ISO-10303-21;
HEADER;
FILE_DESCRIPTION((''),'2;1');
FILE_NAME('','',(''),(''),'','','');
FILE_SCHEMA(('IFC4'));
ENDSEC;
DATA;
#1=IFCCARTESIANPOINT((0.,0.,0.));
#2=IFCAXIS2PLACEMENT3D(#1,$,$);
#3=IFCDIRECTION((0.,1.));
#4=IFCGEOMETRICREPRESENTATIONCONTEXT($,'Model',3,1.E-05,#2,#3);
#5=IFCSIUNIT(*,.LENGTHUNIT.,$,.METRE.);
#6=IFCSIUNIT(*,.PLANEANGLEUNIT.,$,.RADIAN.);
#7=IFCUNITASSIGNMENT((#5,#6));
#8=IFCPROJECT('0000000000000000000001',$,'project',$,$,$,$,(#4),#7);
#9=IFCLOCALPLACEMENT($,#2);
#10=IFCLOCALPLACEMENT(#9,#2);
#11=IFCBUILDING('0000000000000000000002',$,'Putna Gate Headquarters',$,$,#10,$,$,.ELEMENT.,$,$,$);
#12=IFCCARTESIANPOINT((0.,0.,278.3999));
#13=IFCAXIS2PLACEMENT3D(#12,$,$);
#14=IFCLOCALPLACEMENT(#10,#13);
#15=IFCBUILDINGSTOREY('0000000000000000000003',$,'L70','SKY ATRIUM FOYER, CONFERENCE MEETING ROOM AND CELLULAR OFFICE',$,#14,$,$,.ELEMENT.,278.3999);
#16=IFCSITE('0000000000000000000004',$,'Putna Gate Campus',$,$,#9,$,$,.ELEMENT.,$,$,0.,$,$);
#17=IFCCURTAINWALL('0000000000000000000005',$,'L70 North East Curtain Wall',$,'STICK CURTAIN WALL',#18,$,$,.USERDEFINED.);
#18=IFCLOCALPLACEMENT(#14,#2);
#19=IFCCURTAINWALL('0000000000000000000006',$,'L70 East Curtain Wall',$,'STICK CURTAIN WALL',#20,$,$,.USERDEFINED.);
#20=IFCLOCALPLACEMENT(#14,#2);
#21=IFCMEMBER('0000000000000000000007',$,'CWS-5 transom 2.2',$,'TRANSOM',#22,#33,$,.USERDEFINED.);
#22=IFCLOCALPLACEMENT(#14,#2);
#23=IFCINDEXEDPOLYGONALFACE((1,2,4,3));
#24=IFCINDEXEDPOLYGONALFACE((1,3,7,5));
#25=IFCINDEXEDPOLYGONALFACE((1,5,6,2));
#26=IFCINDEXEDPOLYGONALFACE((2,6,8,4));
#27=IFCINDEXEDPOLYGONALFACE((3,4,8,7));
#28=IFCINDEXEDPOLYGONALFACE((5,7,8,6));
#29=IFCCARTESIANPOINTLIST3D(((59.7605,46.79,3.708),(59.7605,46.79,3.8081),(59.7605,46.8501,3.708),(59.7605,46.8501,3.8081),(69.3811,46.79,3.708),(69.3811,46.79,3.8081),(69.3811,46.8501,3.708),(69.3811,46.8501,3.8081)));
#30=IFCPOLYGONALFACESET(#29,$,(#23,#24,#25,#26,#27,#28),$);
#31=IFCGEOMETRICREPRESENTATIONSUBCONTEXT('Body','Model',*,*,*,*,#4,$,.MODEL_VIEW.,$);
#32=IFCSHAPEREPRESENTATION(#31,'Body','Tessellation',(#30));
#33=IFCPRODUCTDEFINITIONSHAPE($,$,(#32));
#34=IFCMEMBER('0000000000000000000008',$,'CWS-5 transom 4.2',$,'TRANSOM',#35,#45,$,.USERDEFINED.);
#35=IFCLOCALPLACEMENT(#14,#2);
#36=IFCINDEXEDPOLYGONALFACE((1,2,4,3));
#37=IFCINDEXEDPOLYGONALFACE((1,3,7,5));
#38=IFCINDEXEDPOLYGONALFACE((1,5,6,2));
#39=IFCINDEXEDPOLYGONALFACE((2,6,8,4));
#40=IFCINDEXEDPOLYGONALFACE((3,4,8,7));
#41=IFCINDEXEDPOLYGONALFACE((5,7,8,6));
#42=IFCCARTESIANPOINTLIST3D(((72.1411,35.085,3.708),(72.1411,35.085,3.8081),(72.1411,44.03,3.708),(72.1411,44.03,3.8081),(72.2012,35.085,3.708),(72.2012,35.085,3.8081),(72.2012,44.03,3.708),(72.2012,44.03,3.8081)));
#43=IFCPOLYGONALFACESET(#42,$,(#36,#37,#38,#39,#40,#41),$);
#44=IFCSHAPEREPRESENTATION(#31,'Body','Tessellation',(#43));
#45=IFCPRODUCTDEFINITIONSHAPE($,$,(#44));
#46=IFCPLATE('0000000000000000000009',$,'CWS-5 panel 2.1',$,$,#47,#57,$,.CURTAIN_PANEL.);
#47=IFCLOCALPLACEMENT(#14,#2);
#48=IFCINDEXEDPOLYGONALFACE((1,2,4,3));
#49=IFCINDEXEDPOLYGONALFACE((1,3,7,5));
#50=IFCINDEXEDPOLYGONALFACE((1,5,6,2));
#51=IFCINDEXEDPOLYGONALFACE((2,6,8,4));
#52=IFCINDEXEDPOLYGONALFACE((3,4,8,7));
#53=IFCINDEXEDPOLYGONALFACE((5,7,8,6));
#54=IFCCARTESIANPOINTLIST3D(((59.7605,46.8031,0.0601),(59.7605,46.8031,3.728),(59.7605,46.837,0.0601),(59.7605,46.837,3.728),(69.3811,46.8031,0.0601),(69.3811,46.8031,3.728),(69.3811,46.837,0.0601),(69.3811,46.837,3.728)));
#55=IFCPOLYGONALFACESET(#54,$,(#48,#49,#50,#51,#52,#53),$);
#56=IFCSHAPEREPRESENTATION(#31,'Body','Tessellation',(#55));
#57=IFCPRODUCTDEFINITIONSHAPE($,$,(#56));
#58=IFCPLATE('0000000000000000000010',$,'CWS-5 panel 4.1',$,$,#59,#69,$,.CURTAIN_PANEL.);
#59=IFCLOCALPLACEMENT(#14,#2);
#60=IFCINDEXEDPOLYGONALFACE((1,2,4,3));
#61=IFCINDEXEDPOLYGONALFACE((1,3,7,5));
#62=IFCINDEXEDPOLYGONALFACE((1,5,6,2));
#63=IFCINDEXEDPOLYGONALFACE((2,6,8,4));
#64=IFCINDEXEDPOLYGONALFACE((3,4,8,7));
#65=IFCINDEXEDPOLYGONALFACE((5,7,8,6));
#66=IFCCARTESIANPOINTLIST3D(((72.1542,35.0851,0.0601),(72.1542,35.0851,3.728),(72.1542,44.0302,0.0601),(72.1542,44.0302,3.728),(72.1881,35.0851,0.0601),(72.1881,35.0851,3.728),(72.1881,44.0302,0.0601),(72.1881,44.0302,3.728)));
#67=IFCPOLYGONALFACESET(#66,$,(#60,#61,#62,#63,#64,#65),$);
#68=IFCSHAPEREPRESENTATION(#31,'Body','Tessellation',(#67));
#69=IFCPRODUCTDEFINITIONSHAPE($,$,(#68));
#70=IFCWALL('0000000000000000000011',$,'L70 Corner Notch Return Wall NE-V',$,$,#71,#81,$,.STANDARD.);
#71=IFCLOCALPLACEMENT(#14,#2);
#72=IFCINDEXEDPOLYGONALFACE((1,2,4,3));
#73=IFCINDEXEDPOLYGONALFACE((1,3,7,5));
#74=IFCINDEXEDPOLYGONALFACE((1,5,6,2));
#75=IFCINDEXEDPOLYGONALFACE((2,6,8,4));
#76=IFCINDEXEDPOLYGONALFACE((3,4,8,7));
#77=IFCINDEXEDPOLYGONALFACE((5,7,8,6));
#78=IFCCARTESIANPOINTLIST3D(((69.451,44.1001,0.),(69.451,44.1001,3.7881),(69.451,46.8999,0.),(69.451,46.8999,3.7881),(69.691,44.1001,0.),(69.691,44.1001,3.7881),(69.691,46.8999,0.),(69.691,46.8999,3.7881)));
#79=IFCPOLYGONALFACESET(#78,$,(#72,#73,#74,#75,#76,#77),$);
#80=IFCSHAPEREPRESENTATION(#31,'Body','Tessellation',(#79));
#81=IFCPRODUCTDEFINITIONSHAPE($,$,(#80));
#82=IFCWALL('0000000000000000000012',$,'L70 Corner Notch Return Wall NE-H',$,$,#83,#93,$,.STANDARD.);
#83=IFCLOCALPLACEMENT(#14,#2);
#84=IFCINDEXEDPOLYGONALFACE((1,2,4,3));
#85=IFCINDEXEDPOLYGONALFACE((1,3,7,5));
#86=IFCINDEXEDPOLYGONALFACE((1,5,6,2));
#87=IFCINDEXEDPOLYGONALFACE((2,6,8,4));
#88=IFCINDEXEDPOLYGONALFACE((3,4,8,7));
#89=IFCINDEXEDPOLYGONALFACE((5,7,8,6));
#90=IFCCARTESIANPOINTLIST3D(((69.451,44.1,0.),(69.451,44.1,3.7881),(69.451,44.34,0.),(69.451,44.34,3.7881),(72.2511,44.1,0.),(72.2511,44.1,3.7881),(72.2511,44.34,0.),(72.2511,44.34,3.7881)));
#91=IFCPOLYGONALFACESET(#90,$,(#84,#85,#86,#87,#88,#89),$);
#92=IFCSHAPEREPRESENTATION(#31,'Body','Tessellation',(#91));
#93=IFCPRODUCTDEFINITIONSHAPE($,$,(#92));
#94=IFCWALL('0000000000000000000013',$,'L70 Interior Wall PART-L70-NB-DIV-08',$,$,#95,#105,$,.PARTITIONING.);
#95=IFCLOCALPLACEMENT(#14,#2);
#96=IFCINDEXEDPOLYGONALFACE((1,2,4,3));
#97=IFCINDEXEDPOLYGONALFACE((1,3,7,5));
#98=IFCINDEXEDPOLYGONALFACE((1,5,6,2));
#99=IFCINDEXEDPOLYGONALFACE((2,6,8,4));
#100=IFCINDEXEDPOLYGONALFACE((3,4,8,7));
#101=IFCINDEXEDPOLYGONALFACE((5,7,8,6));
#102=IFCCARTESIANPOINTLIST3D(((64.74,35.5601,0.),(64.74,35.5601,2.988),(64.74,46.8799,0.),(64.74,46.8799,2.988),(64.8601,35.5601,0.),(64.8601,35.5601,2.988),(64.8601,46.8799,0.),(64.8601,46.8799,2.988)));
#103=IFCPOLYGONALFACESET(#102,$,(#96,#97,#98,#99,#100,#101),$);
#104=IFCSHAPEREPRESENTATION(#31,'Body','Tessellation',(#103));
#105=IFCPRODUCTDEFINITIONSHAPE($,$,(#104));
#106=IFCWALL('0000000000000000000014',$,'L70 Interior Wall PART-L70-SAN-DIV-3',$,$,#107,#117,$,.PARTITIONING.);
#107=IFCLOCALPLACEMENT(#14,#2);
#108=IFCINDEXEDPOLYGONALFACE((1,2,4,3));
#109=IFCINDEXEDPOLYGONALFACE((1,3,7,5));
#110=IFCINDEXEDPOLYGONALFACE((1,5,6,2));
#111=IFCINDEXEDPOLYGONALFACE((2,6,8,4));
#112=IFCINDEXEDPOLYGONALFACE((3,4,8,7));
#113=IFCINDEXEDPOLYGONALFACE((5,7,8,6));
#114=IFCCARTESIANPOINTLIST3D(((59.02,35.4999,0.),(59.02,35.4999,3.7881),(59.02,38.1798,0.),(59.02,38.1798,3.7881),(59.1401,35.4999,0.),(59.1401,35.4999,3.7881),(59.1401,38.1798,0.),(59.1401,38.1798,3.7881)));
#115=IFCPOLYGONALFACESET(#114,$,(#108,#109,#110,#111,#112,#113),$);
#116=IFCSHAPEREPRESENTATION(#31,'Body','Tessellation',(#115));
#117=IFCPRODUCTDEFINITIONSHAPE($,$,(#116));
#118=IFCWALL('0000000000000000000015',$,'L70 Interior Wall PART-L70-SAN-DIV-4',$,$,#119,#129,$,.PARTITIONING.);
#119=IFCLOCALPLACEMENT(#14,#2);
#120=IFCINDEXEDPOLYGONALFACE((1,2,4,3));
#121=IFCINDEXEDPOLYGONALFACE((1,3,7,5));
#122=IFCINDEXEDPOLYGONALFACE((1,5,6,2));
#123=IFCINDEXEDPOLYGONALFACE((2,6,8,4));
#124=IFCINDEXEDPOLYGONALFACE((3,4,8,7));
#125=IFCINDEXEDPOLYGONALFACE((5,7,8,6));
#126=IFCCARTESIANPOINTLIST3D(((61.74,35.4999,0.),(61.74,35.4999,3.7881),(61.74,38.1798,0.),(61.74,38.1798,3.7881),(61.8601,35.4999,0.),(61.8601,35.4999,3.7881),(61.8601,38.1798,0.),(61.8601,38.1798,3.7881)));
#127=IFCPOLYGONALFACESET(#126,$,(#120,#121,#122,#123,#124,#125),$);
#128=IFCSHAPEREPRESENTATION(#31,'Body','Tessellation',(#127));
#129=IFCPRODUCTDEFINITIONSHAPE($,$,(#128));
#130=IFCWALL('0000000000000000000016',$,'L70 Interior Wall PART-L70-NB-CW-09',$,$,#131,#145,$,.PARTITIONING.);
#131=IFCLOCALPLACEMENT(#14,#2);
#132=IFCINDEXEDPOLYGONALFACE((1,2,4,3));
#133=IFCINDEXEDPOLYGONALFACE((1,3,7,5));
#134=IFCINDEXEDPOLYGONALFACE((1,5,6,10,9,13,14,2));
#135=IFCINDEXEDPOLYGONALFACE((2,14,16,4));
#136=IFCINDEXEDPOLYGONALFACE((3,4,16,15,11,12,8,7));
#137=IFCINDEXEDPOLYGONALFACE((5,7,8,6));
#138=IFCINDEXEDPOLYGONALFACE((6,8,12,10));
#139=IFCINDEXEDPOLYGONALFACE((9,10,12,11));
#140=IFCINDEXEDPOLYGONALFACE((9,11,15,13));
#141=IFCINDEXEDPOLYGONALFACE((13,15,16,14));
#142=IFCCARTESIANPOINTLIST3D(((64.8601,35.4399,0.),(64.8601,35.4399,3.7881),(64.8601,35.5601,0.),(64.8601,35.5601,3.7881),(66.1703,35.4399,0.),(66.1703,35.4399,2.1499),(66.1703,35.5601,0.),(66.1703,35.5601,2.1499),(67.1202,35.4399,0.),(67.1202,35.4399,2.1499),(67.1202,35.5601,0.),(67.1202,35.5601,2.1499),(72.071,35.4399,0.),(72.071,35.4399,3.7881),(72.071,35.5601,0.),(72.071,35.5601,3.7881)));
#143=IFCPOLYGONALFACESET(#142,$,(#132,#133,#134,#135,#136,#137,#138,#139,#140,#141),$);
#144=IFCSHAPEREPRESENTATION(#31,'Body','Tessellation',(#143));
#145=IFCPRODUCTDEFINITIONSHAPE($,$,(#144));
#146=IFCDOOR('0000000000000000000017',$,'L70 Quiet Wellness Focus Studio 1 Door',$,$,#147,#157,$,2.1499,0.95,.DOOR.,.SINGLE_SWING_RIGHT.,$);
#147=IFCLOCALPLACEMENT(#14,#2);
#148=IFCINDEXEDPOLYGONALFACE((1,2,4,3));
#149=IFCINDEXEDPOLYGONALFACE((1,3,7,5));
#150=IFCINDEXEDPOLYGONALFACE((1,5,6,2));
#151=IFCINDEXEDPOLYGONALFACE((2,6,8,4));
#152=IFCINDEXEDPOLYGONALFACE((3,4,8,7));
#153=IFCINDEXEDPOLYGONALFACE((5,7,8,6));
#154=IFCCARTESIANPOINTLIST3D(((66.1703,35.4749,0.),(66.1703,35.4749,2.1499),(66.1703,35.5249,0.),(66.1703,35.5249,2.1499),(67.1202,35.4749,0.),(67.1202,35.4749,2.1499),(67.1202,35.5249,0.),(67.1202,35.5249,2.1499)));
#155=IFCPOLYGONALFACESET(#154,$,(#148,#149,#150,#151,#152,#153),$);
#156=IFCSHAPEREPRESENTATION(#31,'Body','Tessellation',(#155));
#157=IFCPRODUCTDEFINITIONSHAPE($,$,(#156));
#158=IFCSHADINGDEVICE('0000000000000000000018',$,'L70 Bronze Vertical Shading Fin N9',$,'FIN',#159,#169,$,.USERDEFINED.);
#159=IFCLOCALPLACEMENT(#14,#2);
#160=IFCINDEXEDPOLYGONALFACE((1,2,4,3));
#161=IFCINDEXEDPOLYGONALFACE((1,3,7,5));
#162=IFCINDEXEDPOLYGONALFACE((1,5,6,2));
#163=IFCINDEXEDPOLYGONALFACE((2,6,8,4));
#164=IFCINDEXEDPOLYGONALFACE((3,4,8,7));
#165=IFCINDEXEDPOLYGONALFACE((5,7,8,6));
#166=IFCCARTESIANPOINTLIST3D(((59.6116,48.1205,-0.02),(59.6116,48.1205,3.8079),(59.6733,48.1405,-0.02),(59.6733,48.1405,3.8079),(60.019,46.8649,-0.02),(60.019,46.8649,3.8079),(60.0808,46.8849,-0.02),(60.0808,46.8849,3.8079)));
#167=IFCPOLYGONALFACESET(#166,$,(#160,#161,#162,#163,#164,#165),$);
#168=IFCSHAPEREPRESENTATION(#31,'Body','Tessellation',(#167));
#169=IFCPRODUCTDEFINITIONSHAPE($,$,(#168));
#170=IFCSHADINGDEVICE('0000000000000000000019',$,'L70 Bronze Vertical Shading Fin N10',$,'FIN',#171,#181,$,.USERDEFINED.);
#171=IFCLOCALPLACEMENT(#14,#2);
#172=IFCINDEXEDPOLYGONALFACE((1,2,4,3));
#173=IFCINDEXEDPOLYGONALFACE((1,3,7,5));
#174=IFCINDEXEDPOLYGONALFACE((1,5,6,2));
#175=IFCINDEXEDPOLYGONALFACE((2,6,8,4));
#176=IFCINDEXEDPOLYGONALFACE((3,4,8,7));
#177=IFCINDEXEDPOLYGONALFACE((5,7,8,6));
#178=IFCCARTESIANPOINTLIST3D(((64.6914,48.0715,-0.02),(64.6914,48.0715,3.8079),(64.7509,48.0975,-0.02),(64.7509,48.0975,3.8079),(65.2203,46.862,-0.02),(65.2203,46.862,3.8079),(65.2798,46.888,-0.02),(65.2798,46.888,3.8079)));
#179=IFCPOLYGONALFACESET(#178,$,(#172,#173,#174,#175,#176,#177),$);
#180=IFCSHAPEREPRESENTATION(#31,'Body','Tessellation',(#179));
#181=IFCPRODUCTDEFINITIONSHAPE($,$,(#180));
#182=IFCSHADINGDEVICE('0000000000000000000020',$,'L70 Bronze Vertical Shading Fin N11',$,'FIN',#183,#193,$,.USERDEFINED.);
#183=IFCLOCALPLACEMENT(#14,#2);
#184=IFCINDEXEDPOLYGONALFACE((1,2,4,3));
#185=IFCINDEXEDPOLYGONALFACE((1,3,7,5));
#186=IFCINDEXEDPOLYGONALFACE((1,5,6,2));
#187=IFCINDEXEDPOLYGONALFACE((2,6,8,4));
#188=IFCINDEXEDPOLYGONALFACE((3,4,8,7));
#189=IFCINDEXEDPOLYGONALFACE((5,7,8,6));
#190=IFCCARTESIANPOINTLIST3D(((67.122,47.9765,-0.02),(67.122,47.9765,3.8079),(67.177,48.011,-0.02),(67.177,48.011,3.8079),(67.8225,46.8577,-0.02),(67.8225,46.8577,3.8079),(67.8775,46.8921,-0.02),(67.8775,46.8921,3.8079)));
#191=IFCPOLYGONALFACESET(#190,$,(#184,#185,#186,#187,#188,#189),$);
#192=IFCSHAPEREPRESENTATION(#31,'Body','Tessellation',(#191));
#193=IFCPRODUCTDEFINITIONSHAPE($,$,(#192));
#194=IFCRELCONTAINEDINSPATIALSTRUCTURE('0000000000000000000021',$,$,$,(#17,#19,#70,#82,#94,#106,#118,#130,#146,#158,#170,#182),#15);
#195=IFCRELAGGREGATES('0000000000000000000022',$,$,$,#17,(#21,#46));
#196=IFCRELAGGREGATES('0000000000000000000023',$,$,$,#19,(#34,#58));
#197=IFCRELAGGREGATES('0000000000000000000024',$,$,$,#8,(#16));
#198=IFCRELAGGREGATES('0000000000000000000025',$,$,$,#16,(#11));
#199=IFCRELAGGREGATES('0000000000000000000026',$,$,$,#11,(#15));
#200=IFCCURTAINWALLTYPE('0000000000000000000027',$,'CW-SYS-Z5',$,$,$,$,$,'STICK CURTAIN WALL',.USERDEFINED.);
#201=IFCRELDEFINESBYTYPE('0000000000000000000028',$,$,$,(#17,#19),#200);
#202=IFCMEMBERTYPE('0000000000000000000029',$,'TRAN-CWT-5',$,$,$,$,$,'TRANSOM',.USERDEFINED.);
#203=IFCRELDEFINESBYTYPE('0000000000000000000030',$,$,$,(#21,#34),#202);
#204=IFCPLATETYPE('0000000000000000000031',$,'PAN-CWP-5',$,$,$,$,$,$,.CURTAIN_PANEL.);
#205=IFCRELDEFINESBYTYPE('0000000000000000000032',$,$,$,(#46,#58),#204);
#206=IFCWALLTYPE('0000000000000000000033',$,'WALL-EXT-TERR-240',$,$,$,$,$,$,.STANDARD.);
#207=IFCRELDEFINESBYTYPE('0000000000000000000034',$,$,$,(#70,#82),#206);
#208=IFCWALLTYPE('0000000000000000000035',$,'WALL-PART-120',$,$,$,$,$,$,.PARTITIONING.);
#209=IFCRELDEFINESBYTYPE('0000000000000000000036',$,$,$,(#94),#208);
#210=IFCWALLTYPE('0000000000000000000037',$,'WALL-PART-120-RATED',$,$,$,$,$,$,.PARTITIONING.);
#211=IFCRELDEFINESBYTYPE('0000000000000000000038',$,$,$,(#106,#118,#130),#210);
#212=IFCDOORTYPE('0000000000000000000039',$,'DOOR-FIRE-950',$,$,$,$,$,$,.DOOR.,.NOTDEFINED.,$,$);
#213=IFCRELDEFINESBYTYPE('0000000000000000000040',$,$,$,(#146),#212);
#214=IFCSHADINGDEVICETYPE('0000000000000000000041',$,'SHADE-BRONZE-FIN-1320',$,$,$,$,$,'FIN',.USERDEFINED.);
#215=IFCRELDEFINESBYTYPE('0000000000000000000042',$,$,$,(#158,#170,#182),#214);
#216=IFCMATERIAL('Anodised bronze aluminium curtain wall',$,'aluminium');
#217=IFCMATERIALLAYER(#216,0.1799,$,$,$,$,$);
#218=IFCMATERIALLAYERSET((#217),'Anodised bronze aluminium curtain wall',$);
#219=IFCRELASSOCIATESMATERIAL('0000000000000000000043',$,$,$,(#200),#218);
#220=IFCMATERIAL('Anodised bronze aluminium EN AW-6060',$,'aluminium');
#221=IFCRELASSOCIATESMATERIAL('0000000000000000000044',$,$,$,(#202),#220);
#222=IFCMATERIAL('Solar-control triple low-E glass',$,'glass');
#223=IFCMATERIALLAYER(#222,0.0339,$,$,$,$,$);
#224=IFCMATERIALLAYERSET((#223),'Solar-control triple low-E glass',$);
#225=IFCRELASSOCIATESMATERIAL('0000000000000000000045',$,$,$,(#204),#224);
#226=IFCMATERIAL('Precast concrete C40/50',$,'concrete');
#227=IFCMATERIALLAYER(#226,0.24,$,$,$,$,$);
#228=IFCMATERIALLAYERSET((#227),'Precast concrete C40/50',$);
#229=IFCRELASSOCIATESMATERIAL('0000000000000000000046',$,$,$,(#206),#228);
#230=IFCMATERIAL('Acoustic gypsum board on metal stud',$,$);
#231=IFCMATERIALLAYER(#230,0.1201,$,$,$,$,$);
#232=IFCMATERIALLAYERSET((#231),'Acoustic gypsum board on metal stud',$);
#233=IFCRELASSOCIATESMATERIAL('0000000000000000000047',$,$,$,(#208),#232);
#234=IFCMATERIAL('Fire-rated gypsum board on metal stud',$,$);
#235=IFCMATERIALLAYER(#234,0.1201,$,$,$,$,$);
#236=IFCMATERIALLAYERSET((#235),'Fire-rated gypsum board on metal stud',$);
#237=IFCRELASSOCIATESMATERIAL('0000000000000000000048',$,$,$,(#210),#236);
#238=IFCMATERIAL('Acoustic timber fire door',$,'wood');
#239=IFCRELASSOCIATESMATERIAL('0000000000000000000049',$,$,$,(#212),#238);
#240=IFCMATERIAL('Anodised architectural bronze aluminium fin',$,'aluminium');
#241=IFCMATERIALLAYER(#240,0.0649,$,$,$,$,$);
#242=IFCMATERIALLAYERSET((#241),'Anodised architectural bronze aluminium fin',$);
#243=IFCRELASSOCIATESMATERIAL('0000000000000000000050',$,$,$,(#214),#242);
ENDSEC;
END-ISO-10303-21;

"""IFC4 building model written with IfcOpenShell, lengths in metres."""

from ifc_helpers import new_model, si_unit, direction, frame, frame_2d, origin, origin_2d, place, context, subcontext, project, spatial, rectangle, extrude, material, layer, layer_set, material_profile, profile_set, type_object, element, fill, aggregate, save


model = new_model("IFC4")

# Units and contexts
model_context = context("Model", 3, precision=1e-05, world=origin(), true_north=direction((0.0, 1.0)))
body_context = subcontext(model_context, "Body", "Model", "MODEL_VIEW")
ifc_project = project(units=[si_unit("LENGTHUNIT", "METRE"), si_unit("PLANEANGLEUNIT", "RADIAN")], contexts=[model_context])

# Site, building, storey
site_placement = place(None, origin())
site = spatial("IfcSite", under=ifc_project, at=site_placement, Name="Putna Gate Campus", CompositionType="ELEMENT", RefElevation=0.0)
building_placement = place(site_placement, origin())
building = spatial("IfcBuilding", under=site, at=building_placement, Name="Putna Gate Headquarters", CompositionType="ELEMENT")
storey_placement = place(building_placement, frame((0.0, 0.0, 278.3999)))
storey = spatial("IfcBuildingStorey", under=building, at=storey_placement, Name="L70", Description="SKY ATRIUM FOYER, CONFERENCE MEETING ROOM AND CELLULAR OFFICE", CompositionType="ELEMENT", Elevation=278.3999)

# Curtain wall
ifc_material_1 = material(Name="Anodised bronze aluminium curtain wall", Category="aluminium")
ifc_layer_1 = layer(ifc_material_1, 0.1799)
ifc_layer_set_1 = layer_set([ifc_layer_1], Name="Anodised bronze aluminium curtain wall")
curtain_wall_type = type_object("IfcCurtainWallType", Name="CW-SYS-Z5", ElementType="STICK CURTAIN WALL", PredefinedType="USERDEFINED", material=ifc_layer_set_1)
curtain_wall_1_placement = place(storey_placement, origin())
curtain_wall_1 = element("IfcCurtainWall", 1, at=curtain_wall_1_placement, inside=storey, type_object=curtain_wall_type, Name="L70 North East Curtain Wall", ObjectType="STICK CURTAIN WALL", PredefinedType="USERDEFINED")
ifc_material_2 = material(Name="Anodised bronze aluminium EN AW-6060", Category="aluminium")

# Curtain wall
curtain_wall_2_placement = place(storey_placement, origin())
curtain_wall_2 = element("IfcCurtainWall", 2, at=curtain_wall_2_placement, inside=storey, type_object=curtain_wall_type, Name="L70 East Curtain Wall", ObjectType="STICK CURTAIN WALL", PredefinedType="USERDEFINED")

# Members
ifc_material_profile_1 = material_profile(ifc_material_2, rectangle(XDim=0.0601, YDim=0.1001, at=origin_2d()), Name="Anodised bronze aluminium EN AW-6060")
ifc_profile_set_1 = profile_set([ifc_material_profile_1], Name="Anodised bronze aluminium EN AW-6060")
member_type_1 = type_object("IfcMemberType", Name="TRAN-CWT-5", ElementType="TRANSOM", PredefinedType="USERDEFINED", material=ifc_profile_set_1)
member_1_placement = place(storey_placement, frame((59.7605, 46.8201, 3.7581), z_axis=(1.0, 0.0, 0.0), x_axis=(0.0, 1.0, 0.0)))
member_1 = element("IfcMember", 3, at=member_1_placement, type_object=member_type_1, Name="CWS-5 transom 2.2", ObjectType="TRANSOM", PredefinedType="USERDEFINED", context=body_context, shape_type="SweptSolid", body=[
    extrude(rectangle(XDim=0.0601, YDim=0.1001, at=origin_2d()), origin(), (0.0, 0.0, 1.0), 9.6206),
])
member_2_placement = place(storey_placement, frame((72.1711, 35.085, 3.7581), z_axis=(0.0, 1.0, 0.0), x_axis=(-1.0, 0.0, 0.0)))
member_2 = element("IfcMember", 4, at=member_2_placement, type_object=member_type_1, Name="CWS-5 transom 4.2", ObjectType="TRANSOM", PredefinedType="USERDEFINED", context=body_context, shape_type="SweptSolid", body=[
    extrude(rectangle(XDim=0.0601, YDim=0.1001, at=origin_2d()), origin(), (0.0, 0.0, 1.0), 8.9451),
])

# Plates
ifc_material_3 = material(Name="Solar-control triple low-E glass", Category="glass")
ifc_layer_2 = layer(ifc_material_3, 0.0339)
ifc_layer_set_2 = layer_set([ifc_layer_2], Name="Solar-control triple low-E glass")
plate_type = type_object("IfcPlateType", Name="PAN-CWP-5", PredefinedType="CURTAIN_PANEL", material=ifc_layer_set_2)
plate_1_placement = place(storey_placement, frame((64.5708, 46.8201, 0.0601), z_axis=(0.0, 0.0, 1.0), x_axis=(1.0, 0.0, 0.0)))
plate_1 = element("IfcPlate", 5, at=plate_1_placement, type_object=plate_type, Name="CWS-5 panel 2.1", PredefinedType="CURTAIN_PANEL", context=body_context, shape_type="SweptSolid", body=[
    extrude(rectangle(XDim=9.6206, YDim=0.0339, at=origin_2d()), origin(), (0.0, 0.0, 1.0), 3.668),
])
aggregate(curtain_wall_1, [member_1, plate_1])
plate_2_placement = place(storey_placement, frame((72.1711, 39.5576, 0.0601), z_axis=(0.0, 0.0, 1.0), x_axis=(0.0, 1.0, 0.0)))
plate_2 = element("IfcPlate", 6, at=plate_2_placement, type_object=plate_type, Name="CWS-5 panel 4.1", PredefinedType="CURTAIN_PANEL", context=body_context, shape_type="SweptSolid", body=[
    extrude(rectangle(XDim=8.9451, YDim=0.0339, at=origin_2d()), origin(), (0.0, 0.0, 1.0), 3.668),
])
aggregate(curtain_wall_2, [member_2, plate_2])

# Walls
ifc_material_4 = material(Name="Precast concrete C40/50", Category="concrete")
ifc_layer_3 = layer(ifc_material_4, 0.24)
ifc_layer_set_3 = layer_set([ifc_layer_3], Name="Precast concrete C40/50")
wall_type_1 = type_object("IfcWallType", Name="WALL-EXT-TERR-240", PredefinedType="STANDARD", material=ifc_layer_set_3)
wall_1_placement = place(storey_placement, frame((69.571, 46.8999, 0.0), z_axis=(0.0, 0.0, 1.0), x_axis=(0.0, -1.0, 0.0)))
element("IfcWall", 7, at=wall_1_placement, inside=storey, type_object=wall_type_1, Name="L70 Corner Notch Return Wall NE-V", PredefinedType="STANDARD", context=body_context, shape_type="SweptSolid", body=[
    extrude(rectangle(XDim=2.7998, YDim=0.24, at=frame_2d((1.3999, 0.0))), origin(), (0.0, 0.0, 1.0), 3.7881),
])
wall_2_placement = place(storey_placement, frame((69.4512, 44.22, 0.0), z_axis=(0.0, 0.0, 1.0), x_axis=(1.0, 0.0, 0.0)))
element("IfcWall", 8, at=wall_2_placement, inside=storey, type_object=wall_type_1, Name="L70 Corner Notch Return Wall NE-H", PredefinedType="STANDARD", context=body_context, shape_type="SweptSolid", body=[
    extrude(rectangle(XDim=2.8, YDim=0.24, at=frame_2d((1.3999, 0.0))), origin(), (0.0, 0.0, 1.0), 3.7881),
])
ifc_material_5 = material(Name="Acoustic gypsum board on metal stud")
ifc_layer_4 = layer(ifc_material_5, 0.1201)
ifc_layer_set_4 = layer_set([ifc_layer_4], Name="Acoustic gypsum board on metal stud")
wall_type_2 = type_object("IfcWallType", Name="WALL-PART-120", PredefinedType="PARTITIONING", material=ifc_layer_set_4)
wall_3_placement = place(storey_placement, frame((64.8, 35.5601, 0.0), z_axis=(0.0, 0.0, 1.0), x_axis=(0.0, 1.0, 0.0)))
element("IfcWall", 9, at=wall_3_placement, inside=storey, type_object=wall_type_2, Name="L70 Interior Wall PART-L70-NB-DIV-08", PredefinedType="PARTITIONING", context=body_context, shape_type="SweptSolid", body=[
    extrude(rectangle(XDim=11.3198, YDim=0.1201, at=frame_2d((5.6599, 0.0))), origin(), (0.0, 0.0, 1.0), 2.988),
])
ifc_material_6 = material(Name="Fire-rated gypsum board on metal stud")
ifc_layer_5 = layer(ifc_material_6, 0.1201)
ifc_layer_set_5 = layer_set([ifc_layer_5], Name="Fire-rated gypsum board on metal stud")
wall_type_3 = type_object("IfcWallType", Name="WALL-PART-120-RATED", PredefinedType="PARTITIONING", material=ifc_layer_set_5)
for number, where, z_axis, x_axis, name in (
    (10, (59.0801, 35.5, 0.0), (0.0, 0.0, 1.0), (0.0, 1.0, 0.0), "L70 Interior Wall PART-L70-SAN-DIV-3"),
    (11, (61.8, 35.5, 0.0), (0.0, 0.0, 1.0), (0.0, 1.0, 0.0), "L70 Interior Wall PART-L70-SAN-DIV-4"),
):
    element("IfcWall", number, at=place(storey_placement, frame(where, z_axis=z_axis, x_axis=x_axis)), inside=storey, type_object=wall_type_3, Name=name, PredefinedType="PARTITIONING", context=body_context, shape_type="SweptSolid", body=[
        extrude(rectangle(XDim=2.6799, YDim=0.1201, at=frame_2d((1.3398, 0.0))), origin(), (0.0, 0.0, 1.0), 3.7881),
    ])

# Wall, opening, door
wall_4_placement = place(storey_placement, frame((64.8601, 35.5, 0.0), z_axis=(0.0, 0.0, 1.0), x_axis=(1.0, 0.0, 0.0)))
wall_4 = element("IfcWall", 12, at=wall_4_placement, inside=storey, type_object=wall_type_3, Name="L70 Interior Wall PART-L70-NB-CW-09", PredefinedType="PARTITIONING", context=body_context, shape_type="SweptSolid", body=[
    extrude(rectangle(XDim=7.2109, YDim=0.1201, at=frame_2d((3.6055, 0.0))), origin(), (0.0, 0.0, 1.0), 3.7881),
])
opening_placement = place(wall_4_placement, frame((1.3101, 0.0, 0.0)))
opening = element("IfcOpeningElement", 13, at=opening_placement, cuts=wall_4, PredefinedType="OPENING", context=body_context, shape_type="SweptSolid", body=[
    extrude(rectangle(XDim=0.95, YDim=2.1499, at=frame_2d((0.4751, 1.075))), frame((0.0, 0.0701, 0.0), z_axis=(0.0, -1.0, 0.0), x_axis=(1.0, 0.0, 0.0)), (0.0, 0.0, 1.0), 0.1401),
])
ifc_material_7 = material(Name="Acoustic timber fire door", Category="wood")
door_type = type_object("IfcDoorType", Name="DOOR-FIRE-950", OperationType="NOTDEFINED", PredefinedType="DOOR", material=ifc_material_7)
door_placement = place(opening_placement, origin())
door = element("IfcDoor", 14, at=door_placement, inside=storey, type_object=door_type, Name="L70 Quiet Wellness Focus Studio 1 Door", OperationType="SINGLE_SWING_RIGHT", OverallHeight=2.1499, OverallWidth=0.95, PredefinedType="DOOR", context=body_context, shape_type="SweptSolid", body=[
    extrude(rectangle(XDim=0.95, YDim=2.1499, at=frame_2d((0.4751, 1.075))), frame((0.0, 0.0249, 0.0), z_axis=(0.0, -1.0, 0.0), x_axis=(1.0, 0.0, 0.0)), (0.0, 0.0, 1.0), 0.05),
])
fill(opening, door)

# Shading devices
ifc_material_8 = material(Name="Anodised architectural bronze aluminium fin", Category="aluminium")
ifc_layer_6 = layer(ifc_material_8, 0.0649)
ifc_layer_set_6 = layer_set([ifc_layer_6], Name="Anodised architectural bronze aluminium fin")
shading_device_type = type_object("IfcShadingDeviceType", Name="SHADE-BRONZE-FIN-1320", ElementType="FIN", PredefinedType="USERDEFINED", material=ifc_layer_set_6)
for number, where, z_axis, x_axis, name in (
    (15, (59.8462, 47.5027, -0.02), (0.0, 0.0, 1.0), (-0.308685, 0.951164, 0.0), "L70 Bronze Vertical Shading Fin N9"),
    (16, (64.9856, 47.4797, -0.02), (0.0, 0.0, 1.0), (-0.400669, 0.916223, 0.0), "L70 Bronze Vertical Shading Fin N10"),
    (17, (67.4998, 47.4343, -0.02), (0.0, 0.0, 1.0), (-0.530659, 0.847585, 0.0), "L70 Bronze Vertical Shading Fin N11"),
):
    element("IfcShadingDevice", number, at=place(storey_placement, frame(where, z_axis=z_axis, x_axis=x_axis)), inside=storey, type_object=shading_device_type, Name=name, ObjectType="FIN", PredefinedType="USERDEFINED", context=body_context, shape_type="SweptSolid", body=[
        extrude(rectangle(XDim=1.3201, YDim=0.0649, at=origin_2d()), origin(), (0.0, 0.0, 1.0), 3.8279),
    ])

save(model, "model.ifc")
